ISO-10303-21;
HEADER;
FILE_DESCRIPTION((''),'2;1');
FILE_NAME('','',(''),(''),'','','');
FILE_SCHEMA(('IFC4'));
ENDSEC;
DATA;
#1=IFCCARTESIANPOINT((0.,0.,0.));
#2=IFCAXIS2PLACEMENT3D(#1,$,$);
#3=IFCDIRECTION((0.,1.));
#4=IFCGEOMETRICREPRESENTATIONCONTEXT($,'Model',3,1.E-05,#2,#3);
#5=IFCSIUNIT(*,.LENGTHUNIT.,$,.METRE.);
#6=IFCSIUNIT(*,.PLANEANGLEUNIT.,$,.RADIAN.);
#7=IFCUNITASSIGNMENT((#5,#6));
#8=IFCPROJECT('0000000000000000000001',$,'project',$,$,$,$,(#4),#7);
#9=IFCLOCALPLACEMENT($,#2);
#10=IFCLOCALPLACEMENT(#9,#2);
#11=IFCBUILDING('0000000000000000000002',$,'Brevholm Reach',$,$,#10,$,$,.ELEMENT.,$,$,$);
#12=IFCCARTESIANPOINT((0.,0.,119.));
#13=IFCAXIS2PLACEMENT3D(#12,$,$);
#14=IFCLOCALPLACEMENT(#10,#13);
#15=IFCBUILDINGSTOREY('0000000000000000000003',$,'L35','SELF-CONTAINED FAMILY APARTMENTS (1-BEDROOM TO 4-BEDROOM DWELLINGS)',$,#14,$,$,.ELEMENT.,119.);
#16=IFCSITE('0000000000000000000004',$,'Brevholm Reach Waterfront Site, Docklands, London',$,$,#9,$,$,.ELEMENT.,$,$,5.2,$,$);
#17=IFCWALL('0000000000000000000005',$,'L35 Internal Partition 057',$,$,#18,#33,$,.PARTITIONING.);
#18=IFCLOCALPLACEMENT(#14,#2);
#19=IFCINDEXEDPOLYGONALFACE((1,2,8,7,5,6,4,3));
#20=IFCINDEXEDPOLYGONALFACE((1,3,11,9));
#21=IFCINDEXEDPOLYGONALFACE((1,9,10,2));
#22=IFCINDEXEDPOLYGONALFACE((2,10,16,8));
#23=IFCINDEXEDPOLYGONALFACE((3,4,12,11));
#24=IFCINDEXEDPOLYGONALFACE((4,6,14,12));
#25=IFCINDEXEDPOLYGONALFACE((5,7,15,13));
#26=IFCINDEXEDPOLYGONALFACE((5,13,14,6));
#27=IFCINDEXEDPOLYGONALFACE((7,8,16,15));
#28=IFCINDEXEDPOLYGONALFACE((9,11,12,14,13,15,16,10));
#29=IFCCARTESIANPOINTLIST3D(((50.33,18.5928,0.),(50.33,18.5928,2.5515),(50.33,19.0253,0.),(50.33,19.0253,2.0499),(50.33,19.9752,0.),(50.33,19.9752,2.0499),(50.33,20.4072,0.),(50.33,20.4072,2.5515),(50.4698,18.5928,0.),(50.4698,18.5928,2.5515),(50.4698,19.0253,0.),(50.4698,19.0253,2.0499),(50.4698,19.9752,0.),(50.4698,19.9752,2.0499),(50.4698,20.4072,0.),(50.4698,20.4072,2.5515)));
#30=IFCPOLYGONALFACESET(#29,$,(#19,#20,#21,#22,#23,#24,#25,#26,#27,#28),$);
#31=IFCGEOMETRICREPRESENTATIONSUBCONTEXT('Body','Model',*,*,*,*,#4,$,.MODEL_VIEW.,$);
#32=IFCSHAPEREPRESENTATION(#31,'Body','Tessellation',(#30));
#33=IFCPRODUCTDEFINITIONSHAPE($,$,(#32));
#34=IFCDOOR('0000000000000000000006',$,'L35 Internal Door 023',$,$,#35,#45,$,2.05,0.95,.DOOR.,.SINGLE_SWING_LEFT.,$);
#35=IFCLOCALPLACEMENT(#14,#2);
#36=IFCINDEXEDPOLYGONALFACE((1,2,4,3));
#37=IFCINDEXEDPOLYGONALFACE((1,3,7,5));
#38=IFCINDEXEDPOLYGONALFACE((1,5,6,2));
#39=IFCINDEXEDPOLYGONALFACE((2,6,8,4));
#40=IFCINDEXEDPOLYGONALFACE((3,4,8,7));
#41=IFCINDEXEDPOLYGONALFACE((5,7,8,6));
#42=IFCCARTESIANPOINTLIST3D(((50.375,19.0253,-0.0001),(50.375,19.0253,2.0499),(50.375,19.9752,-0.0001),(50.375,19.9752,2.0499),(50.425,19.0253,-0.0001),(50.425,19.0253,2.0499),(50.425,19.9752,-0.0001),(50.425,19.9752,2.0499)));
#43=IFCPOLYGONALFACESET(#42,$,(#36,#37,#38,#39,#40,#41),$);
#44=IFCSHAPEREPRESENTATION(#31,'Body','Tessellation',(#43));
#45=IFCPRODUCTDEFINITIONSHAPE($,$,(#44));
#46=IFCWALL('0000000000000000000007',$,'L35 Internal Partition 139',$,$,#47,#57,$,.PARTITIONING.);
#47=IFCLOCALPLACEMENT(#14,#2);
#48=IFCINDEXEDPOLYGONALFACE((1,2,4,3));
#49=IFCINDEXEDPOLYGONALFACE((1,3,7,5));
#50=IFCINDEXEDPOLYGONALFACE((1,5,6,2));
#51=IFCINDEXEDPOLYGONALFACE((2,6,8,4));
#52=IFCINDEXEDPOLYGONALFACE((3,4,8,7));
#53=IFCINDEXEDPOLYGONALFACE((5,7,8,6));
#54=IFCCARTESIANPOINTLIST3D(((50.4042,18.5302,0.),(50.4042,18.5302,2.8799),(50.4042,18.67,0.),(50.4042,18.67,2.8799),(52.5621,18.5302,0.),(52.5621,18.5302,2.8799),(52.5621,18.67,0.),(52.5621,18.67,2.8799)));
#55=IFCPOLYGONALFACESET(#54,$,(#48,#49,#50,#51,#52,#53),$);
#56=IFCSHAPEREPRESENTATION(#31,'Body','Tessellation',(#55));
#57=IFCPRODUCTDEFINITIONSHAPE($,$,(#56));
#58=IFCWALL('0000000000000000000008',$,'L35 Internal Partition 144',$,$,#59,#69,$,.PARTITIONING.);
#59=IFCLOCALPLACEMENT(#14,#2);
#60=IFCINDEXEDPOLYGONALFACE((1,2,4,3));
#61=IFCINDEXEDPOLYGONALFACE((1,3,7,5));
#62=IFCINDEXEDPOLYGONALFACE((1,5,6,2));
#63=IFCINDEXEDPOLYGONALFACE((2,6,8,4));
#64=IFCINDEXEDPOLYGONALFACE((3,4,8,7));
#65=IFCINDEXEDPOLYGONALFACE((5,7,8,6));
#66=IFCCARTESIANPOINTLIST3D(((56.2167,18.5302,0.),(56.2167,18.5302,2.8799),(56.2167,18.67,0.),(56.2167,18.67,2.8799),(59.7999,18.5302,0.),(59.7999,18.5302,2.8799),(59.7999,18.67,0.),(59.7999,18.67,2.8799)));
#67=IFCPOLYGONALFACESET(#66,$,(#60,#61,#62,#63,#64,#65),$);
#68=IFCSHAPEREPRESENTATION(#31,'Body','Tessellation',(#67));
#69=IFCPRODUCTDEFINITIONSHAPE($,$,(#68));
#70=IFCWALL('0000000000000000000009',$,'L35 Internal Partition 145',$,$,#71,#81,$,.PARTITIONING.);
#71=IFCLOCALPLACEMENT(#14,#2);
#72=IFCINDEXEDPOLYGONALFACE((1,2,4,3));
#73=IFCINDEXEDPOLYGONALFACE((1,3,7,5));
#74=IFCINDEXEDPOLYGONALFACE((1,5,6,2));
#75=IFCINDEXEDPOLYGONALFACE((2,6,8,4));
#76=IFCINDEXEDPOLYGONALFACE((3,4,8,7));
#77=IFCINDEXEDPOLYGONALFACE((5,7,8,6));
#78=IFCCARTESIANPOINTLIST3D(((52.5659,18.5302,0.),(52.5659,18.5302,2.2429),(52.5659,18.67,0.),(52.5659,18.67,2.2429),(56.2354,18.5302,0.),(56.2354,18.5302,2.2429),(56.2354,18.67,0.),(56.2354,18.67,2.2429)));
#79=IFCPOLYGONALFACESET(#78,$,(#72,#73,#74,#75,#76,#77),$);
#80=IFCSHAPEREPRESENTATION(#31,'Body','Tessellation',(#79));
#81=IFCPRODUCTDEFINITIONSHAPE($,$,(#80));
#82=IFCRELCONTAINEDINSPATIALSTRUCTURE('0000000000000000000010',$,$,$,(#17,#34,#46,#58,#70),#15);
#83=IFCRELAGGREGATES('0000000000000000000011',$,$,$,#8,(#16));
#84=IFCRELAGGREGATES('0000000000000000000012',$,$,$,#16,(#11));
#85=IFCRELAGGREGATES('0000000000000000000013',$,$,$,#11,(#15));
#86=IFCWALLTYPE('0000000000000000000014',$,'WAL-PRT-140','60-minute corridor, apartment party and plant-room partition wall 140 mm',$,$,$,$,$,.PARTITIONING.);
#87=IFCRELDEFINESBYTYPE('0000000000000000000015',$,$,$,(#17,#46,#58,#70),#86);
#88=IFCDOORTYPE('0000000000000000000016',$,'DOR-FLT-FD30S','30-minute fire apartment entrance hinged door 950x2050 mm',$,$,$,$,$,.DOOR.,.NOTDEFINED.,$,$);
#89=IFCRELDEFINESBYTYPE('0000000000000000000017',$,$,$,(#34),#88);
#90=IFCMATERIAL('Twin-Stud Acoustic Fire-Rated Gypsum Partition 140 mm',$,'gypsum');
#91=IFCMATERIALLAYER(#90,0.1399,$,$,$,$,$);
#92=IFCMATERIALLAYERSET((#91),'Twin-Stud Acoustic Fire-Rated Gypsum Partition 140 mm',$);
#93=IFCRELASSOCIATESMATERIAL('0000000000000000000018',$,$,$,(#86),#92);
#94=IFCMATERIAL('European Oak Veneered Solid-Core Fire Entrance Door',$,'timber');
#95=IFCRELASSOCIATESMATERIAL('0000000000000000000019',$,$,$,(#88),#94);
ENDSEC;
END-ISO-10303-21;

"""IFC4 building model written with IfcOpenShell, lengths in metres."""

from ifc_helpers import new_model, si_unit, direction, frame, frame_2d, origin, place, context, subcontext, project, spatial, rectangle, extrude, material, layer, layer_set, type_object, element, fill, save


model = new_model("IFC4")

# Units and contexts
model_context = context("Model", 3, precision=1e-05, world=origin(), true_north=direction((0.0, 1.0)))
body_context = subcontext(model_context, "Body", "Model", "MODEL_VIEW")
ifc_project = project(units=[si_unit("LENGTHUNIT", "METRE"), si_unit("PLANEANGLEUNIT", "RADIAN")], contexts=[model_context])

# Site, building, storey
site_placement = place(None, origin())
site = spatial("IfcSite", under=ifc_project, at=site_placement, Name="Brevholm Reach Waterfront Site, Docklands, London", CompositionType="ELEMENT", RefElevation=5.2)
building_placement = place(site_placement, origin())
building = spatial("IfcBuilding", under=site, at=building_placement, Name="Brevholm Reach", CompositionType="ELEMENT")
storey_placement = place(building_placement, frame((0.0, 0.0, 119.0)))
storey = spatial("IfcBuildingStorey", under=building, at=storey_placement, Name="L35", Description="SELF-CONTAINED FAMILY APARTMENTS (1-BEDROOM TO 4-BEDROOM DWELLINGS)", CompositionType="ELEMENT", Elevation=119.0)

# Shared definitions
ifc_material_1 = material(Name="Twin-Stud Acoustic Fire-Rated Gypsum Partition 140 mm", Category="gypsum")
ifc_layer_1 = layer(ifc_material_1, 0.1399)
ifc_layer_set_1 = layer_set([ifc_layer_1], Name="Twin-Stud Acoustic Fire-Rated Gypsum Partition 140 mm")
wall_type_1 = type_object("IfcWallType", Name="WAL-PRT-140", Description="60-minute corridor, apartment party and plant-room partition wall 140 mm", PredefinedType="PARTITIONING", material=ifc_layer_set_1)

# Wall, opening, door
wall_1_placement = place(storey_placement, frame((50.3999, 18.5928, 0.0), z_axis=(0.0, 0.0, 1.0), x_axis=(0.0, 1.0, 0.0)))
wall_1 = element("IfcWall", 1, at=wall_1_placement, inside=storey, type_object=wall_type_1, Name="L35 Internal Partition 057", PredefinedType="PARTITIONING", context=body_context, shape_type="SweptSolid", body=[
    extrude(rectangle(XDim=1.8145, YDim=0.1399, at=frame_2d((0.9072, 0.0))), origin(), (0.0, 0.0, 1.0), 2.5515),
])
opening_1_placement = place(wall_1_placement, frame((0.4324, 0.0, 0.0)))
opening_1 = element("IfcOpeningElement", 2, at=opening_1_placement, cuts=wall_1, PredefinedType="OPENING", context=body_context, shape_type="SweptSolid", body=[
    extrude(rectangle(XDim=0.95, YDim=2.05, at=frame_2d((0.4751, 1.0249))), frame((0.0, 0.0798, 0.0), z_axis=(0.0, -1.0, 0.0), x_axis=(1.0, 0.0, 0.0)), (0.0, 0.0, 1.0), 0.1599),
])
ifc_material_2 = material(Name="European Oak Veneered Solid-Core Fire Entrance Door", Category="timber")
door_type_1 = type_object("IfcDoorType", Name="DOR-FLT-FD30S", Description="30-minute fire apartment entrance hinged door 950x2050 mm", OperationType="NOTDEFINED", PredefinedType="DOOR", material=ifc_material_2)
door_1_placement = place(opening_1_placement, origin())
door_1 = element("IfcDoor", 3, at=door_1_placement, inside=storey, type_object=door_type_1, Name="L35 Internal Door 023", OperationType="SINGLE_SWING_LEFT", OverallHeight=2.05, OverallWidth=0.95, PredefinedType="DOOR", context=body_context, shape_type="SweptSolid", body=[
    extrude(rectangle(XDim=0.95, YDim=2.05, at=frame_2d((0.4751, 1.0249))), frame((0.0, 0.0249, 0.0), z_axis=(0.0, -1.0, 0.0), x_axis=(1.0, 0.0, 0.0)), (0.0, 0.0, 1.0), 0.05),
])
fill(opening_1, door_1)

# Walls
wall_2_placement = place(storey_placement, frame((50.4041, 18.6001, 0.0), z_axis=(0.0, 0.0, 1.0), x_axis=(1.0, 0.0, 0.0)))
element("IfcWall", 4, at=wall_2_placement, inside=storey, type_object=wall_type_1, Name="L35 Internal Partition 139", PredefinedType="PARTITIONING", context=body_context, shape_type="SweptSolid", body=[
    extrude(rectangle(XDim=2.158, YDim=0.1399, at=frame_2d((1.0791, 0.0))), origin(), (0.0, 0.0, 1.0), 2.8799),
])
wall_3_placement = place(storey_placement, frame((56.2168, 18.6001, 0.0), z_axis=(0.0, 0.0, 1.0), x_axis=(1.0, 0.0, 0.0)))
element("IfcWall", 5, at=wall_3_placement, inside=storey, type_object=wall_type_1, Name="L35 Internal Partition 144", PredefinedType="PARTITIONING", context=body_context, shape_type="SweptSolid", body=[
    extrude(rectangle(XDim=3.5833, YDim=0.1399, at=frame_2d((1.7915, 0.0))), origin(), (0.0, 0.0, 1.0), 2.8799),
])
wall_4_placement = place(storey_placement, frame((52.5659, 18.6001, 0.0), z_axis=(0.0, 0.0, 1.0), x_axis=(1.0, 0.0, 0.0)))
element("IfcWall", 6, at=wall_4_placement, inside=storey, type_object=wall_type_1, Name="L35 Internal Partition 145", PredefinedType="PARTITIONING", context=body_context, shape_type="SweptSolid", body=[
    extrude(rectangle(XDim=3.6694, YDim=0.1399, at=frame_2d((1.8347, 0.0))), origin(), (0.0, 0.0, 1.0), 2.2429),
])

save(model, "model.ifc")
